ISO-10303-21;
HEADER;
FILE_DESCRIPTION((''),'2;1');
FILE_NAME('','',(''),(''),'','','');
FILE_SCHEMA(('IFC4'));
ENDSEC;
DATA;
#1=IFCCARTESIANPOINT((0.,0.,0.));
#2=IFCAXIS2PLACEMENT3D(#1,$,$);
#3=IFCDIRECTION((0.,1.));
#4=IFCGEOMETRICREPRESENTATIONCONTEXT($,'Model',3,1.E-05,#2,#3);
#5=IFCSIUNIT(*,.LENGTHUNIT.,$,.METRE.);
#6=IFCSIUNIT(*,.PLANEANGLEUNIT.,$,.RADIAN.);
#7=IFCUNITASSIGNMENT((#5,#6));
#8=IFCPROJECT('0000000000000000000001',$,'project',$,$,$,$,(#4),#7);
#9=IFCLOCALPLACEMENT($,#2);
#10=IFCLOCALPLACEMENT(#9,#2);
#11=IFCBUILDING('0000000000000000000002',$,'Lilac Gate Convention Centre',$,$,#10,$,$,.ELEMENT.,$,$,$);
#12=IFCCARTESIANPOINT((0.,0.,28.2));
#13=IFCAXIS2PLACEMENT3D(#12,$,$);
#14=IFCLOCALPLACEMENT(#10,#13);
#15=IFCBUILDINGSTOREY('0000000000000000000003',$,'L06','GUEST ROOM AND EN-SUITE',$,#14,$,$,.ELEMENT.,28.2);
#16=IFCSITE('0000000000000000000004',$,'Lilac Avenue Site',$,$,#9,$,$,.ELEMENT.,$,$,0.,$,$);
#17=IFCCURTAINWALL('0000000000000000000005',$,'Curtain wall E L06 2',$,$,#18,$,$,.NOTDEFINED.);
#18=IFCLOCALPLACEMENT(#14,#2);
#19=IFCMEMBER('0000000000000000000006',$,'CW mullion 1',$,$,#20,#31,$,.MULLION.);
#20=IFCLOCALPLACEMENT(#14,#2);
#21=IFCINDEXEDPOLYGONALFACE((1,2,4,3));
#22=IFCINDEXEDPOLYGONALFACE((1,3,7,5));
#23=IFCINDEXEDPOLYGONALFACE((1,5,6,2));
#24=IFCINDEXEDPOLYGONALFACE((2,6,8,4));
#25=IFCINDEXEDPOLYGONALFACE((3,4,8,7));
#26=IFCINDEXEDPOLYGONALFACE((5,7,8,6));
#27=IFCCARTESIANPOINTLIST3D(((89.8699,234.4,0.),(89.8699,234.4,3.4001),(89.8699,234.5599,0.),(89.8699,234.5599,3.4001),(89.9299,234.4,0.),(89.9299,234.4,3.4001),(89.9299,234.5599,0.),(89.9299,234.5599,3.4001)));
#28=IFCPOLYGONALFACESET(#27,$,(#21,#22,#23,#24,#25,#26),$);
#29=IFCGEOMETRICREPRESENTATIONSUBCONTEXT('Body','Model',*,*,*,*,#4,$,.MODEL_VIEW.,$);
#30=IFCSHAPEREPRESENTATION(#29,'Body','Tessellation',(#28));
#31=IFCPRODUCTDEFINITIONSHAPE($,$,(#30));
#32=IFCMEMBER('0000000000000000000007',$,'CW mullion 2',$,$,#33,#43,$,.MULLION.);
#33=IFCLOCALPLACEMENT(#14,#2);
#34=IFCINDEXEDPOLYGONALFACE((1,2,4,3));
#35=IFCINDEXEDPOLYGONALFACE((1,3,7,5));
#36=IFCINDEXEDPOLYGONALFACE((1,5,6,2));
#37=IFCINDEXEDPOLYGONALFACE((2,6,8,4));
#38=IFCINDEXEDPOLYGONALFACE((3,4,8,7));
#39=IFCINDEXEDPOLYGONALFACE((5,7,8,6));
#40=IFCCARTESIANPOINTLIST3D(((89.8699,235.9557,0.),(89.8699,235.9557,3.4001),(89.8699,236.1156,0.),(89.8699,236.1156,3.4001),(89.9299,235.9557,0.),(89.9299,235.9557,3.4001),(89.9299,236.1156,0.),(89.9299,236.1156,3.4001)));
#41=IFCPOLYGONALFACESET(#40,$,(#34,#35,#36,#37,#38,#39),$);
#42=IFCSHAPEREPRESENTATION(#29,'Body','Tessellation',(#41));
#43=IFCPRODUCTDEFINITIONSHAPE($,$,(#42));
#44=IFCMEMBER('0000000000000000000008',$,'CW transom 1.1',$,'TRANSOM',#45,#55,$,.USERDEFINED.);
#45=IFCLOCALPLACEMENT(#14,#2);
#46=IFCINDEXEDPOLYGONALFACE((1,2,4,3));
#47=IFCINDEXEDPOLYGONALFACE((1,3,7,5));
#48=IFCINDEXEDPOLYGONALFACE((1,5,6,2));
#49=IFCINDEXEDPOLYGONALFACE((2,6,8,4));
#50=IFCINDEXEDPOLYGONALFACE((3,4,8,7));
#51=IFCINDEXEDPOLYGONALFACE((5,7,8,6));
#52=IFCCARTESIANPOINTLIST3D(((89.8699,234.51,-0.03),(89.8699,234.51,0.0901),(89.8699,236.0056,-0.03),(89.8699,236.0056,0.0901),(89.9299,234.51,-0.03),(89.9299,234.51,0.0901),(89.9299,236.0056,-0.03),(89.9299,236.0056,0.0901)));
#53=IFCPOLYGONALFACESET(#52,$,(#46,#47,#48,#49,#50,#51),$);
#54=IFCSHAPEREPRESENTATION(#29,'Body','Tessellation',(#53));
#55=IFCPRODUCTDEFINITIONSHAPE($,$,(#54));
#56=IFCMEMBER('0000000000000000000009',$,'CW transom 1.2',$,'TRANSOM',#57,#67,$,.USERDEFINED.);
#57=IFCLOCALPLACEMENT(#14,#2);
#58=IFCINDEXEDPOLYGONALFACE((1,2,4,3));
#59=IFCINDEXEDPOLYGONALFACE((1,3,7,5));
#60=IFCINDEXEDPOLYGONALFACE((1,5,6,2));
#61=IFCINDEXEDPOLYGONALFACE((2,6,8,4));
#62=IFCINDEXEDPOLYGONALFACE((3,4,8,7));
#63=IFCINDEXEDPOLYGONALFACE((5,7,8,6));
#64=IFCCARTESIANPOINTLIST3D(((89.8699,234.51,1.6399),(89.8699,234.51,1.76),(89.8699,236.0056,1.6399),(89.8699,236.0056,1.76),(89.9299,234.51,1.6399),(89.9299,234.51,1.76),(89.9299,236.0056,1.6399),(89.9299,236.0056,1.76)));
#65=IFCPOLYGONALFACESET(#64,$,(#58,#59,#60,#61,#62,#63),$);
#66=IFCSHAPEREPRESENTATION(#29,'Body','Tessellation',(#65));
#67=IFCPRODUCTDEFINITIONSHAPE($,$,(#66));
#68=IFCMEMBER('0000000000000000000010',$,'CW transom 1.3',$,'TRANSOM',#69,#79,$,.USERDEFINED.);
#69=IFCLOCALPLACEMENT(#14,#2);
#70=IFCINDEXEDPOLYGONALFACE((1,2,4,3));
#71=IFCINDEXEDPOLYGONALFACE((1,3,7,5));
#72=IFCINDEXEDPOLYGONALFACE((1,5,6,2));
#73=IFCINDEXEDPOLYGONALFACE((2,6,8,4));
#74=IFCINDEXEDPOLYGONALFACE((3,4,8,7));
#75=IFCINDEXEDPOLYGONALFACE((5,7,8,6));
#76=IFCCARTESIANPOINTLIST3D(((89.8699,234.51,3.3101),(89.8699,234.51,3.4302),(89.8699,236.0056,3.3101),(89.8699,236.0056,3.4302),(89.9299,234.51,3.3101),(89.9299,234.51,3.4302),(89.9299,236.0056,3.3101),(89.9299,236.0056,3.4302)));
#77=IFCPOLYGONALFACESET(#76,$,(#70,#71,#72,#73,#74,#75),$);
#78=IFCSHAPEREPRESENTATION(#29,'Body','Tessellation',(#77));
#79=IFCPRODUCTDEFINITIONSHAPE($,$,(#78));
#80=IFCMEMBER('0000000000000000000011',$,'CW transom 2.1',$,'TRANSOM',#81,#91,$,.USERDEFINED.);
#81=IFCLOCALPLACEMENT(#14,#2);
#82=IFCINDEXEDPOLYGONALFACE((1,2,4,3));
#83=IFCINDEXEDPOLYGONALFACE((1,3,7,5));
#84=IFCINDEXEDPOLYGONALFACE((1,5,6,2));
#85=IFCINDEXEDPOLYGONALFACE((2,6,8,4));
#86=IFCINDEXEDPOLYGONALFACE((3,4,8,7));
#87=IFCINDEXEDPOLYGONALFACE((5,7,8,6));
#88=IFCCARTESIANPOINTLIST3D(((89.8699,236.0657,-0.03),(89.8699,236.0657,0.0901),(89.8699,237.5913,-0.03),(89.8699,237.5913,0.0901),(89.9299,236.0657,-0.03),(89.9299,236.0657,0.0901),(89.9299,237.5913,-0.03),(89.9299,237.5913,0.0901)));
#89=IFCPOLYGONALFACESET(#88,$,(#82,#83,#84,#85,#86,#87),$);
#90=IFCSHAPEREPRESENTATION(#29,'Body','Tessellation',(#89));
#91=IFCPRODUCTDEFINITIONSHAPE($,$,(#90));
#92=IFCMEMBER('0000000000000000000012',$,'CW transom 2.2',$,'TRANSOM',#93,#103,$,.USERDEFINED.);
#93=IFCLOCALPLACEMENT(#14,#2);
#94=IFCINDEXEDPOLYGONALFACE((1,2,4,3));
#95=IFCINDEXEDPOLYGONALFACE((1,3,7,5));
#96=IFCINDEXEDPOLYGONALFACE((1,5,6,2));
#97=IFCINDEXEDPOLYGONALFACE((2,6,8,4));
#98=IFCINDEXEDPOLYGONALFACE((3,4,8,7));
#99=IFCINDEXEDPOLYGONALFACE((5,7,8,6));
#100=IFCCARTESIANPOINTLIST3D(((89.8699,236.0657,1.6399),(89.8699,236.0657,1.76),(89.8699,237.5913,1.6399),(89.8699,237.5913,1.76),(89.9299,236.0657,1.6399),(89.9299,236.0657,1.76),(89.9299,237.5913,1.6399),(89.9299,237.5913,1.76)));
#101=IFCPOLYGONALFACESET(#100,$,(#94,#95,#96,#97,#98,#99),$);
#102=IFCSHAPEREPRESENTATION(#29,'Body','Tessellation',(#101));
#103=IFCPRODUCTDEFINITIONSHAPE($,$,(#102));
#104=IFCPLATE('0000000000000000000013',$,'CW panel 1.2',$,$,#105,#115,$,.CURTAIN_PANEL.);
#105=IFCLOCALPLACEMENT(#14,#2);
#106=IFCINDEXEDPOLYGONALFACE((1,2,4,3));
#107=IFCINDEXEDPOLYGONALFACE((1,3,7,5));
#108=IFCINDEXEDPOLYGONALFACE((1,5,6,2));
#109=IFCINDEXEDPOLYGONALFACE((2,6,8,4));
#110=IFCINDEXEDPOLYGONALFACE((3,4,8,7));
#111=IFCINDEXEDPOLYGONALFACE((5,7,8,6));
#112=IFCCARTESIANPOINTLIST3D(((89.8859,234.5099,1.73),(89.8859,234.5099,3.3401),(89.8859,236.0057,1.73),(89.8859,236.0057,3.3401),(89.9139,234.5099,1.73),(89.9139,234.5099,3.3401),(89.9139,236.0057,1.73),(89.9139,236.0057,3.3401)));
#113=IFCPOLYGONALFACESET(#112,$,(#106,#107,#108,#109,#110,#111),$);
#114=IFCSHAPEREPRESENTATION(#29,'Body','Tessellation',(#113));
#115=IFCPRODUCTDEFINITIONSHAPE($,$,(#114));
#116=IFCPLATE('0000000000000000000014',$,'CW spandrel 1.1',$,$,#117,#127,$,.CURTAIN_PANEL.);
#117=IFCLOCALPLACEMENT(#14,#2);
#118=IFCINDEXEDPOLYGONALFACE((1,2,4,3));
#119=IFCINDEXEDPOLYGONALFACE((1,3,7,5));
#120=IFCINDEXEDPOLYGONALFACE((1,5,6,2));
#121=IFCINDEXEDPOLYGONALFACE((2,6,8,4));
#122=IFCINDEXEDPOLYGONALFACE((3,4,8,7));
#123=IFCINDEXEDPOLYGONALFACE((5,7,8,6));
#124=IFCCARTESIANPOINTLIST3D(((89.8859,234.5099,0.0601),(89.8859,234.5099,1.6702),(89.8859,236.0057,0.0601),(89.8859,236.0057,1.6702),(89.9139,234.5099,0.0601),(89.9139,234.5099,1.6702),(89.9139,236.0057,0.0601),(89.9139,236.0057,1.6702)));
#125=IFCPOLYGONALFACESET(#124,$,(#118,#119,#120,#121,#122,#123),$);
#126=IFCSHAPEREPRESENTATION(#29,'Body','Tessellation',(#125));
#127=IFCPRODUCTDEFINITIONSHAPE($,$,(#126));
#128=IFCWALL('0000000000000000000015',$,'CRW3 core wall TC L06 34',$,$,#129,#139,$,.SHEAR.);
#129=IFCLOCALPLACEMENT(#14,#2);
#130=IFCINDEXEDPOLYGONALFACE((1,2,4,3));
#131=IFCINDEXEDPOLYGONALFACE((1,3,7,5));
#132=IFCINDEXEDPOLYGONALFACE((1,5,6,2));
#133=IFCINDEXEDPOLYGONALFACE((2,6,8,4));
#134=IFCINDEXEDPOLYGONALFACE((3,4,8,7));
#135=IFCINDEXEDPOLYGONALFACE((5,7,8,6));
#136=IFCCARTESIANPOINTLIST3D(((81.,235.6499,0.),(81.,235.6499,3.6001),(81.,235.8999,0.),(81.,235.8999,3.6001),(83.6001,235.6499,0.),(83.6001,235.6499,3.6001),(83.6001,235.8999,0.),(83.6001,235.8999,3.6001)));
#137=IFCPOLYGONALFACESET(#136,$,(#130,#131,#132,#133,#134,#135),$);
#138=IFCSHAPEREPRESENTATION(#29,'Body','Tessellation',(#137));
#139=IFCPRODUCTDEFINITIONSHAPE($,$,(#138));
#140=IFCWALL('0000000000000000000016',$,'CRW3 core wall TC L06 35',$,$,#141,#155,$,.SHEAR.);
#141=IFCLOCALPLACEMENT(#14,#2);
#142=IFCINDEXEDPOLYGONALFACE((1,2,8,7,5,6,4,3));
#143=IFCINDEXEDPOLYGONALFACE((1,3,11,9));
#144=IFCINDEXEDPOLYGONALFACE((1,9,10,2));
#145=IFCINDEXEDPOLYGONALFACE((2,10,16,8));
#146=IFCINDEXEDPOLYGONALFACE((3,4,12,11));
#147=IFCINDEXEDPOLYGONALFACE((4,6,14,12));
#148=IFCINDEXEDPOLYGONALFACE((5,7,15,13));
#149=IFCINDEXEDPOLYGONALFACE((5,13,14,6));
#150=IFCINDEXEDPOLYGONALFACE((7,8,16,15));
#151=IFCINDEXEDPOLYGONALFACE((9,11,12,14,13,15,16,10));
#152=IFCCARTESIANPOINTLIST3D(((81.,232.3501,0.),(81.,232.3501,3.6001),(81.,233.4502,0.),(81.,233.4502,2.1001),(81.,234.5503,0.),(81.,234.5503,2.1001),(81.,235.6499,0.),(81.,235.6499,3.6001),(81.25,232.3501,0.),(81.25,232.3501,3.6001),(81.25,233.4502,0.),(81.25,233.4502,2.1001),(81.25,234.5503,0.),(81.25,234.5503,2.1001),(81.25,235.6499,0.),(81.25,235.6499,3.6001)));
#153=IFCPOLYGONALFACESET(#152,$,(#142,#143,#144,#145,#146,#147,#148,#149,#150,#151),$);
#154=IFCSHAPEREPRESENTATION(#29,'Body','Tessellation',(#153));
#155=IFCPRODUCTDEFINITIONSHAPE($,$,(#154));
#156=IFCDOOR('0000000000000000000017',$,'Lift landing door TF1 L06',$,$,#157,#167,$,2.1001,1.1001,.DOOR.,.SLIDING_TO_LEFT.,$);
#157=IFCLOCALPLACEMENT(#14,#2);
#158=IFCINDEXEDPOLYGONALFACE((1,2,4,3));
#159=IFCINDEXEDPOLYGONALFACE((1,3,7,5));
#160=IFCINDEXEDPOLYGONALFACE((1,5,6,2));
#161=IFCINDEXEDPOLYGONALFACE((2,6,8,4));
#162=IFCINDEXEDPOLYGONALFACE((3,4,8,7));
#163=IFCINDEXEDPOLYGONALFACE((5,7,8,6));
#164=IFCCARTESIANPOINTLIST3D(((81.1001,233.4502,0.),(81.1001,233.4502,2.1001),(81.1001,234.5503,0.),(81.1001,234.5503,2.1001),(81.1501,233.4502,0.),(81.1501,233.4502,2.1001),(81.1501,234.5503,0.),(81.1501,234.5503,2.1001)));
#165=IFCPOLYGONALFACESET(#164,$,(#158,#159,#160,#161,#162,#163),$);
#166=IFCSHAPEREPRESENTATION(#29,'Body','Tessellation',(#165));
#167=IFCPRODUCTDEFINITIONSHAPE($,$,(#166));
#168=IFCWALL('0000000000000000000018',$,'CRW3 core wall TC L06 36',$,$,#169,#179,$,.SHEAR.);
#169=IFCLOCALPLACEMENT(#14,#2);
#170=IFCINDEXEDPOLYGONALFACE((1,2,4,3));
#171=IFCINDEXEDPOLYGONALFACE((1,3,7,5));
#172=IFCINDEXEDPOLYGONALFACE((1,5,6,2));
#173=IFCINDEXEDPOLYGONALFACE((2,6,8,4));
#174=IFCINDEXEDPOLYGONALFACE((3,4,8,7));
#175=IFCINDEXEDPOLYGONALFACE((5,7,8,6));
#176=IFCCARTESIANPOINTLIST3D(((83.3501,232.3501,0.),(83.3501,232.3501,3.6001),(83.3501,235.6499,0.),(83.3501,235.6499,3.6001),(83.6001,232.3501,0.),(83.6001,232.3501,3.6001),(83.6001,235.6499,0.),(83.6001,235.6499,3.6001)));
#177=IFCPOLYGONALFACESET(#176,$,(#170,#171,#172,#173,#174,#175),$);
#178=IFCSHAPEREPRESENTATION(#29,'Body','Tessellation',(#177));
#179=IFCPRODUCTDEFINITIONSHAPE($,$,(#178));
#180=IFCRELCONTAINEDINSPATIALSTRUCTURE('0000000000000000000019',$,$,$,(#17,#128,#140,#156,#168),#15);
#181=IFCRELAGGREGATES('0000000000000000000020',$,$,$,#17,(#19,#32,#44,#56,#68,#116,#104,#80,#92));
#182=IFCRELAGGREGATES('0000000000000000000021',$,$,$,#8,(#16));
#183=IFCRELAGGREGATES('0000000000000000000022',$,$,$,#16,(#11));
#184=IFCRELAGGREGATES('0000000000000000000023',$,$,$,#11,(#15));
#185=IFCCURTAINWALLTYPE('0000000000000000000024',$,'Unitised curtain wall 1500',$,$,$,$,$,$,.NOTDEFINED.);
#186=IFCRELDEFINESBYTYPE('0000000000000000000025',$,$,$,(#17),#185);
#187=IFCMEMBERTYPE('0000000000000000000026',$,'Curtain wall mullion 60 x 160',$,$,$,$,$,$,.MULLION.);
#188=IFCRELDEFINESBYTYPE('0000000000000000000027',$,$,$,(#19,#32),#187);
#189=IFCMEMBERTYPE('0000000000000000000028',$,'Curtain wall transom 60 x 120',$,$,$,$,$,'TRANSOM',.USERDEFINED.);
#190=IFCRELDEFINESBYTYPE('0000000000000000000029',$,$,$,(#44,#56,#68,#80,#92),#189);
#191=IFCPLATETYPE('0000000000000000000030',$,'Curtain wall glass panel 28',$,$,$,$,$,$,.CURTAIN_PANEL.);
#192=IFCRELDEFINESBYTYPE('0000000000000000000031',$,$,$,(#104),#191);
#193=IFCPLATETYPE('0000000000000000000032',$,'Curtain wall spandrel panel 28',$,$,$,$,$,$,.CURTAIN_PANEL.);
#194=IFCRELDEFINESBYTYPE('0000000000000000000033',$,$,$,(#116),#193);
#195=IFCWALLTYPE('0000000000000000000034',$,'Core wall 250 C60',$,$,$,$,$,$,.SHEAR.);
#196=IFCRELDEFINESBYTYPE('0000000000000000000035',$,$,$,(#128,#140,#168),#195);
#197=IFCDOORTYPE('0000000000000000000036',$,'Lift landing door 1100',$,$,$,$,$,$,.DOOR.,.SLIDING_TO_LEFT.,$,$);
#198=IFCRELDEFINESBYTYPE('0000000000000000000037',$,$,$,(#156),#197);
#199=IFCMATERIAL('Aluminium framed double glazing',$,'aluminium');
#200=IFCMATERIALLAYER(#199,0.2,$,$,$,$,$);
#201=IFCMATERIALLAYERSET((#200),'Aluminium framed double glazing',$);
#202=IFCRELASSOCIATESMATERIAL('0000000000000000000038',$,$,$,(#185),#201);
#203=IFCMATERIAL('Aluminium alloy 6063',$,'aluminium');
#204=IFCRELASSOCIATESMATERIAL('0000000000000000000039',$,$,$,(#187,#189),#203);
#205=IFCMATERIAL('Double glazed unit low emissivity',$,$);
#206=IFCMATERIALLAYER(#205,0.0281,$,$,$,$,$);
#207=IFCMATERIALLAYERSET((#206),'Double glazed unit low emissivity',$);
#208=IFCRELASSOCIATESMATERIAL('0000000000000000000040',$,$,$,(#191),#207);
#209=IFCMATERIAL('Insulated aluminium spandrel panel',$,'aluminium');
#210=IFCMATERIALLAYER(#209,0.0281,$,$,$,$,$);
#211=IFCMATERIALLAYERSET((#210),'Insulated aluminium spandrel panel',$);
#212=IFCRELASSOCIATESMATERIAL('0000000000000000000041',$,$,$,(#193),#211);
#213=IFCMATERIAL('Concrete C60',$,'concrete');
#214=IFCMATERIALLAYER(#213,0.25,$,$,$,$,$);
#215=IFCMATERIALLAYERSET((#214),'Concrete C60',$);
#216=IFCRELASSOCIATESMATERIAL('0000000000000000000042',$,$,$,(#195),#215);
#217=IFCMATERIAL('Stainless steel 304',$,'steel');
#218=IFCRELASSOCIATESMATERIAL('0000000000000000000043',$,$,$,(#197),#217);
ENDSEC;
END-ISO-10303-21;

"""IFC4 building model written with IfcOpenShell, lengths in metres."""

from ifc_helpers import new_model, si_unit, direction, frame, frame_2d, origin, origin_2d, place, context, subcontext, project, spatial, rectangle, extrude, material, layer, layer_set, material_profile, profile_set, type_object, element, fill, aggregate, save


model = new_model("IFC4")

# Units and contexts
model_context = context("Model", 3, precision=1e-05, world=origin(), true_north=direction((0.0, 1.0)))
body_context = subcontext(model_context, "Body", "Model", "MODEL_VIEW")
ifc_project = project(units=[si_unit("LENGTHUNIT", "METRE"), si_unit("PLANEANGLEUNIT", "RADIAN")], contexts=[model_context])

# Site, building, storey
site_placement = place(None, origin())
site = spatial("IfcSite", under=ifc_project, at=site_placement, Name="Lilac Avenue Site", CompositionType="ELEMENT", RefElevation=0.0)
building_placement = place(site_placement, origin())
building = spatial("IfcBuilding", under=site, at=building_placement, Name="Lilac Gate Convention Centre", CompositionType="ELEMENT")
storey_placement = place(building_placement, frame((0.0, 0.0, 28.2)))
storey = spatial("IfcBuildingStorey", under=building, at=storey_placement, Name="L06", Description="GUEST ROOM AND EN-SUITE", CompositionType="ELEMENT", Elevation=28.2)

# Curtain wall, members, plates
ifc_material_1 = material(Name="Aluminium framed double glazing", Category="aluminium")
ifc_layer_1 = layer(ifc_material_1, 0.2)
ifc_layer_set_1 = layer_set([ifc_layer_1], Name="Aluminium framed double glazing")
curtain_wall_type = type_object("IfcCurtainWallType", Name="Unitised curtain wall 1500", PredefinedType="NOTDEFINED", material=ifc_layer_set_1)
curtain_wall_placement = place(storey_placement, origin())
curtain_wall = element("IfcCurtainWall", 1, at=curtain_wall_placement, inside=storey, type_object=curtain_wall_type, Name="Curtain wall E L06 2", PredefinedType="NOTDEFINED")
ifc_material_2 = material(Name="Aluminium alloy 6063", Category="aluminium")
ifc_material_profile_1 = material_profile(ifc_material_2, rectangle(XDim=0.0601, YDim=0.1599, at=origin_2d()), Name="Curtain wall mullion 60 x 160")
ifc_profile_set_1 = profile_set([ifc_material_profile_1], Name="Aluminium alloy 6063")
member_type_1 = type_object("IfcMemberType", Name="Curtain wall mullion 60 x 160", PredefinedType="MULLION", material=ifc_profile_set_1)
member_1_placement = place(storey_placement, frame((89.8999, 234.48, 0.0), z_axis=(0.0, 0.0, 1.0), x_axis=(-1.0, 0.0, 0.0)))
member_1 = element("IfcMember", 2, at=member_1_placement, type_object=member_type_1, Name="CW mullion 1", PredefinedType="MULLION", context=body_context, shape_type="SweptSolid", body=[
    extrude(rectangle(XDim=0.0601, YDim=0.1599, at=origin_2d()), origin(), (0.0, 0.0, 1.0), 3.4001),
])
member_2_placement = place(storey_placement, frame((89.8999, 236.0356, 0.0), z_axis=(0.0, 0.0, 1.0), x_axis=(-1.0, 0.0, 0.0)))
member_2 = element("IfcMember", 3, at=member_2_placement, type_object=member_type_1, Name="CW mullion 2", PredefinedType="MULLION", context=body_context, shape_type="SweptSolid", body=[
    extrude(rectangle(XDim=0.0601, YDim=0.1599, at=origin_2d()), origin(), (0.0, 0.0, 1.0), 3.4001),
])
ifc_material_profile_2 = material_profile(ifc_material_2, rectangle(XDim=0.0601, YDim=0.1201, at=origin_2d()), Name="Curtain wall transom 60 x 120")
ifc_profile_set_2 = profile_set([ifc_material_profile_2], Name="Aluminium alloy 6063")
member_type_2 = type_object("IfcMemberType", Name="Curtain wall transom 60 x 120", ElementType="TRANSOM", PredefinedType="USERDEFINED", material=ifc_profile_set_2)
member_3_placement = place(storey_placement, frame((89.8999, 234.51, 0.03), z_axis=(0.0, 1.0, 0.0), x_axis=(-1.0, 0.0, 0.0)))
member_3 = element("IfcMember", 4, at=member_3_placement, type_object=member_type_2, Name="CW transom 1.1", ObjectType="TRANSOM", PredefinedType="USERDEFINED", context=body_context, shape_type="SweptSolid", body=[
    extrude(rectangle(XDim=0.0601, YDim=0.1201, at=origin_2d()), origin(), (0.0, 0.0, 1.0), 1.4956),
])
member_4_placement = place(storey_placement, frame((89.8999, 234.51, 1.7), z_axis=(0.0, 1.0, 0.0), x_axis=(-1.0, 0.0, 0.0)))
member_4 = element("IfcMember", 5, at=member_4_placement, type_object=member_type_2, Name="CW transom 1.2", ObjectType="TRANSOM", PredefinedType="USERDEFINED", context=body_context, shape_type="SweptSolid", body=[
    extrude(rectangle(XDim=0.0601, YDim=0.1201, at=origin_2d()), origin(), (0.0, 0.0, 1.0), 1.4956),
])
member_5_placement = place(storey_placement, frame((89.8999, 234.51, 3.3701), z_axis=(0.0, 1.0, 0.0), x_axis=(-1.0, 0.0, 0.0)))
member_5 = element("IfcMember", 6, at=member_5_placement, type_object=member_type_2, Name="CW transom 1.3", ObjectType="TRANSOM", PredefinedType="USERDEFINED", context=body_context, shape_type="SweptSolid", body=[
    extrude(rectangle(XDim=0.0601, YDim=0.1201, at=origin_2d()), origin(), (0.0, 0.0, 1.0), 1.4956),
])
member_6_placement = place(storey_placement, frame((89.8999, 236.0657, 0.03), z_axis=(0.0, 1.0, 0.0), x_axis=(-1.0, 0.0, 0.0)))
member_6 = element("IfcMember", 7, at=member_6_placement, type_object=member_type_2, Name="CW transom 2.1", ObjectType="TRANSOM", PredefinedType="USERDEFINED", context=body_context, shape_type="SweptSolid", body=[
    extrude(rectangle(XDim=0.0601, YDim=0.1201, at=origin_2d()), origin(), (0.0, 0.0, 1.0), 1.5256),
])
member_7_placement = place(storey_placement, frame((89.8999, 236.0657, 1.7), z_axis=(0.0, 1.0, 0.0), x_axis=(-1.0, 0.0, 0.0)))
member_7 = element("IfcMember", 8, at=member_7_placement, type_object=member_type_2, Name="CW transom 2.2", ObjectType="TRANSOM", PredefinedType="USERDEFINED", context=body_context, shape_type="SweptSolid", body=[
    extrude(rectangle(XDim=0.0601, YDim=0.1201, at=origin_2d()), origin(), (0.0, 0.0, 1.0), 1.5256),
])
ifc_material_3 = material(Name="Double glazed unit low emissivity")
ifc_layer_2 = layer(ifc_material_3, 0.0281)
ifc_layer_set_2 = layer_set([ifc_layer_2], Name="Double glazed unit low emissivity")
plate_type_1 = type_object("IfcPlateType", Name="Curtain wall glass panel 28", PredefinedType="CURTAIN_PANEL", material=ifc_layer_set_2)
plate_1_placement = place(storey_placement, frame((89.8999, 235.2578, 1.73), z_axis=(0.0, 0.0, 1.0), x_axis=(0.0, 1.0, 0.0)))
plate_1 = element("IfcPlate", 9, at=plate_1_placement, type_object=plate_type_1, Name="CW panel 1.2", PredefinedType="CURTAIN_PANEL", context=body_context, shape_type="SweptSolid", body=[
    extrude(rectangle(XDim=1.4958, YDim=0.0281, at=origin_2d()), origin(), (0.0, 0.0, 1.0), 1.6101),
])
ifc_material_4 = material(Name="Insulated aluminium spandrel panel", Category="aluminium")
ifc_layer_3 = layer(ifc_material_4, 0.0281)
ifc_layer_set_3 = layer_set([ifc_layer_3], Name="Insulated aluminium spandrel panel")
plate_type_2 = type_object("IfcPlateType", Name="Curtain wall spandrel panel 28", PredefinedType="CURTAIN_PANEL", material=ifc_layer_set_3)
plate_2_placement = place(storey_placement, frame((89.8999, 235.2578, 0.0601), z_axis=(0.0, 0.0, 1.0), x_axis=(0.0, 1.0, 0.0)))
plate_2 = element("IfcPlate", 10, at=plate_2_placement, type_object=plate_type_2, Name="CW spandrel 1.1", PredefinedType="CURTAIN_PANEL", context=body_context, shape_type="SweptSolid", body=[
    extrude(rectangle(XDim=1.4958, YDim=0.0281, at=origin_2d()), origin(), (0.0, 0.0, 1.0), 1.6101),
])
aggregate(curtain_wall, [member_1, member_2, member_3, member_4, member_5, plate_2, plate_1, member_6, member_7])

# Wall
ifc_material_5 = material(Name="Concrete C60", Category="concrete")
ifc_layer_4 = layer(ifc_material_5, 0.25)
ifc_layer_set_4 = layer_set([ifc_layer_4], Name="Concrete C60")
wall_type_1 = type_object("IfcWallType", Name="Core wall 250 C60", PredefinedType="SHEAR", material=ifc_layer_set_4)
wall_1_placement = place(storey_placement, frame((81.0, 235.7749, 0.0), z_axis=(0.0, 0.0, 1.0), x_axis=(1.0, 0.0, 0.0)))
element("IfcWall", 11, at=wall_1_placement, inside=storey, type_object=wall_type_1, Name="CRW3 core wall TC L06 34", PredefinedType="SHEAR", context=body_context, shape_type="SweptSolid", body=[
    extrude(rectangle(XDim=2.6001, YDim=0.25, at=frame_2d((1.3, 0.0))), origin(), (0.0, 0.0, 1.0), 3.6001),
])

# Wall, opening, door
wall_2_placement = place(storey_placement, frame((81.125, 232.3501, 0.0), z_axis=(0.0, 0.0, 1.0), x_axis=(0.0, 1.0, 0.0)))
wall_2 = element("IfcWall", 12, at=wall_2_placement, inside=storey, type_object=wall_type_1, Name="CRW3 core wall TC L06 35", PredefinedType="SHEAR", context=body_context, shape_type="SweptSolid", body=[
    extrude(rectangle(XDim=3.2998, YDim=0.25, at=frame_2d((1.6499, 0.0))), origin(), (0.0, 0.0, 1.0), 3.6001),
])
opening_1_placement = place(wall_2_placement, frame((1.1001, 0.0, 0.0)))
opening_1 = element("IfcOpeningElement", 13, at=opening_1_placement, cuts=wall_2, PredefinedType="OPENING", context=body_context, shape_type="SweptSolid", body=[
    extrude(rectangle(XDim=1.1001, YDim=2.1001, at=frame_2d((0.55, 1.05))), frame((0.0, 0.135, 0.0), z_axis=(0.0, -1.0, 0.0), x_axis=(1.0, 0.0, 0.0)), (0.0, 0.0, 1.0), 0.27),
])
ifc_material_6 = material(Name="Stainless steel 304", Category="steel")
door_type_1 = type_object("IfcDoorType", Name="Lift landing door 1100", OperationType="SLIDING_TO_LEFT", PredefinedType="DOOR", material=ifc_material_6)
door_1_placement = place(opening_1_placement, origin())
door_1 = element("IfcDoor", 14, at=door_1_placement, inside=storey, type_object=door_type_1, Name="Lift landing door TF1 L06", OperationType="SLIDING_TO_LEFT", OverallHeight=2.1001, OverallWidth=1.1001, PredefinedType="DOOR", context=body_context, shape_type="SweptSolid", body=[
    extrude(rectangle(XDim=1.1001, YDim=2.1001, at=frame_2d((0.55, 1.05))), frame((0.0, 0.0249, 0.0), z_axis=(0.0, -1.0, 0.0), x_axis=(1.0, 0.0, 0.0)), (0.0, 0.0, 1.0), 0.05),
])
fill(opening_1, door_1)

# Wall
wall_3_placement = place(storey_placement, frame((83.4751, 232.3501, 0.0), z_axis=(0.0, 0.0, 1.0), x_axis=(0.0, 1.0, 0.0)))
element("IfcWall", 15, at=wall_3_placement, inside=storey, type_object=wall_type_1, Name="CRW3 core wall TC L06 36", PredefinedType="SHEAR", context=body_context, shape_type="SweptSolid", body=[
    extrude(rectangle(XDim=3.2998, YDim=0.25, at=frame_2d((1.6499, 0.0))), origin(), (0.0, 0.0, 1.0), 3.6001),
])

save(model, "model.ifc")
